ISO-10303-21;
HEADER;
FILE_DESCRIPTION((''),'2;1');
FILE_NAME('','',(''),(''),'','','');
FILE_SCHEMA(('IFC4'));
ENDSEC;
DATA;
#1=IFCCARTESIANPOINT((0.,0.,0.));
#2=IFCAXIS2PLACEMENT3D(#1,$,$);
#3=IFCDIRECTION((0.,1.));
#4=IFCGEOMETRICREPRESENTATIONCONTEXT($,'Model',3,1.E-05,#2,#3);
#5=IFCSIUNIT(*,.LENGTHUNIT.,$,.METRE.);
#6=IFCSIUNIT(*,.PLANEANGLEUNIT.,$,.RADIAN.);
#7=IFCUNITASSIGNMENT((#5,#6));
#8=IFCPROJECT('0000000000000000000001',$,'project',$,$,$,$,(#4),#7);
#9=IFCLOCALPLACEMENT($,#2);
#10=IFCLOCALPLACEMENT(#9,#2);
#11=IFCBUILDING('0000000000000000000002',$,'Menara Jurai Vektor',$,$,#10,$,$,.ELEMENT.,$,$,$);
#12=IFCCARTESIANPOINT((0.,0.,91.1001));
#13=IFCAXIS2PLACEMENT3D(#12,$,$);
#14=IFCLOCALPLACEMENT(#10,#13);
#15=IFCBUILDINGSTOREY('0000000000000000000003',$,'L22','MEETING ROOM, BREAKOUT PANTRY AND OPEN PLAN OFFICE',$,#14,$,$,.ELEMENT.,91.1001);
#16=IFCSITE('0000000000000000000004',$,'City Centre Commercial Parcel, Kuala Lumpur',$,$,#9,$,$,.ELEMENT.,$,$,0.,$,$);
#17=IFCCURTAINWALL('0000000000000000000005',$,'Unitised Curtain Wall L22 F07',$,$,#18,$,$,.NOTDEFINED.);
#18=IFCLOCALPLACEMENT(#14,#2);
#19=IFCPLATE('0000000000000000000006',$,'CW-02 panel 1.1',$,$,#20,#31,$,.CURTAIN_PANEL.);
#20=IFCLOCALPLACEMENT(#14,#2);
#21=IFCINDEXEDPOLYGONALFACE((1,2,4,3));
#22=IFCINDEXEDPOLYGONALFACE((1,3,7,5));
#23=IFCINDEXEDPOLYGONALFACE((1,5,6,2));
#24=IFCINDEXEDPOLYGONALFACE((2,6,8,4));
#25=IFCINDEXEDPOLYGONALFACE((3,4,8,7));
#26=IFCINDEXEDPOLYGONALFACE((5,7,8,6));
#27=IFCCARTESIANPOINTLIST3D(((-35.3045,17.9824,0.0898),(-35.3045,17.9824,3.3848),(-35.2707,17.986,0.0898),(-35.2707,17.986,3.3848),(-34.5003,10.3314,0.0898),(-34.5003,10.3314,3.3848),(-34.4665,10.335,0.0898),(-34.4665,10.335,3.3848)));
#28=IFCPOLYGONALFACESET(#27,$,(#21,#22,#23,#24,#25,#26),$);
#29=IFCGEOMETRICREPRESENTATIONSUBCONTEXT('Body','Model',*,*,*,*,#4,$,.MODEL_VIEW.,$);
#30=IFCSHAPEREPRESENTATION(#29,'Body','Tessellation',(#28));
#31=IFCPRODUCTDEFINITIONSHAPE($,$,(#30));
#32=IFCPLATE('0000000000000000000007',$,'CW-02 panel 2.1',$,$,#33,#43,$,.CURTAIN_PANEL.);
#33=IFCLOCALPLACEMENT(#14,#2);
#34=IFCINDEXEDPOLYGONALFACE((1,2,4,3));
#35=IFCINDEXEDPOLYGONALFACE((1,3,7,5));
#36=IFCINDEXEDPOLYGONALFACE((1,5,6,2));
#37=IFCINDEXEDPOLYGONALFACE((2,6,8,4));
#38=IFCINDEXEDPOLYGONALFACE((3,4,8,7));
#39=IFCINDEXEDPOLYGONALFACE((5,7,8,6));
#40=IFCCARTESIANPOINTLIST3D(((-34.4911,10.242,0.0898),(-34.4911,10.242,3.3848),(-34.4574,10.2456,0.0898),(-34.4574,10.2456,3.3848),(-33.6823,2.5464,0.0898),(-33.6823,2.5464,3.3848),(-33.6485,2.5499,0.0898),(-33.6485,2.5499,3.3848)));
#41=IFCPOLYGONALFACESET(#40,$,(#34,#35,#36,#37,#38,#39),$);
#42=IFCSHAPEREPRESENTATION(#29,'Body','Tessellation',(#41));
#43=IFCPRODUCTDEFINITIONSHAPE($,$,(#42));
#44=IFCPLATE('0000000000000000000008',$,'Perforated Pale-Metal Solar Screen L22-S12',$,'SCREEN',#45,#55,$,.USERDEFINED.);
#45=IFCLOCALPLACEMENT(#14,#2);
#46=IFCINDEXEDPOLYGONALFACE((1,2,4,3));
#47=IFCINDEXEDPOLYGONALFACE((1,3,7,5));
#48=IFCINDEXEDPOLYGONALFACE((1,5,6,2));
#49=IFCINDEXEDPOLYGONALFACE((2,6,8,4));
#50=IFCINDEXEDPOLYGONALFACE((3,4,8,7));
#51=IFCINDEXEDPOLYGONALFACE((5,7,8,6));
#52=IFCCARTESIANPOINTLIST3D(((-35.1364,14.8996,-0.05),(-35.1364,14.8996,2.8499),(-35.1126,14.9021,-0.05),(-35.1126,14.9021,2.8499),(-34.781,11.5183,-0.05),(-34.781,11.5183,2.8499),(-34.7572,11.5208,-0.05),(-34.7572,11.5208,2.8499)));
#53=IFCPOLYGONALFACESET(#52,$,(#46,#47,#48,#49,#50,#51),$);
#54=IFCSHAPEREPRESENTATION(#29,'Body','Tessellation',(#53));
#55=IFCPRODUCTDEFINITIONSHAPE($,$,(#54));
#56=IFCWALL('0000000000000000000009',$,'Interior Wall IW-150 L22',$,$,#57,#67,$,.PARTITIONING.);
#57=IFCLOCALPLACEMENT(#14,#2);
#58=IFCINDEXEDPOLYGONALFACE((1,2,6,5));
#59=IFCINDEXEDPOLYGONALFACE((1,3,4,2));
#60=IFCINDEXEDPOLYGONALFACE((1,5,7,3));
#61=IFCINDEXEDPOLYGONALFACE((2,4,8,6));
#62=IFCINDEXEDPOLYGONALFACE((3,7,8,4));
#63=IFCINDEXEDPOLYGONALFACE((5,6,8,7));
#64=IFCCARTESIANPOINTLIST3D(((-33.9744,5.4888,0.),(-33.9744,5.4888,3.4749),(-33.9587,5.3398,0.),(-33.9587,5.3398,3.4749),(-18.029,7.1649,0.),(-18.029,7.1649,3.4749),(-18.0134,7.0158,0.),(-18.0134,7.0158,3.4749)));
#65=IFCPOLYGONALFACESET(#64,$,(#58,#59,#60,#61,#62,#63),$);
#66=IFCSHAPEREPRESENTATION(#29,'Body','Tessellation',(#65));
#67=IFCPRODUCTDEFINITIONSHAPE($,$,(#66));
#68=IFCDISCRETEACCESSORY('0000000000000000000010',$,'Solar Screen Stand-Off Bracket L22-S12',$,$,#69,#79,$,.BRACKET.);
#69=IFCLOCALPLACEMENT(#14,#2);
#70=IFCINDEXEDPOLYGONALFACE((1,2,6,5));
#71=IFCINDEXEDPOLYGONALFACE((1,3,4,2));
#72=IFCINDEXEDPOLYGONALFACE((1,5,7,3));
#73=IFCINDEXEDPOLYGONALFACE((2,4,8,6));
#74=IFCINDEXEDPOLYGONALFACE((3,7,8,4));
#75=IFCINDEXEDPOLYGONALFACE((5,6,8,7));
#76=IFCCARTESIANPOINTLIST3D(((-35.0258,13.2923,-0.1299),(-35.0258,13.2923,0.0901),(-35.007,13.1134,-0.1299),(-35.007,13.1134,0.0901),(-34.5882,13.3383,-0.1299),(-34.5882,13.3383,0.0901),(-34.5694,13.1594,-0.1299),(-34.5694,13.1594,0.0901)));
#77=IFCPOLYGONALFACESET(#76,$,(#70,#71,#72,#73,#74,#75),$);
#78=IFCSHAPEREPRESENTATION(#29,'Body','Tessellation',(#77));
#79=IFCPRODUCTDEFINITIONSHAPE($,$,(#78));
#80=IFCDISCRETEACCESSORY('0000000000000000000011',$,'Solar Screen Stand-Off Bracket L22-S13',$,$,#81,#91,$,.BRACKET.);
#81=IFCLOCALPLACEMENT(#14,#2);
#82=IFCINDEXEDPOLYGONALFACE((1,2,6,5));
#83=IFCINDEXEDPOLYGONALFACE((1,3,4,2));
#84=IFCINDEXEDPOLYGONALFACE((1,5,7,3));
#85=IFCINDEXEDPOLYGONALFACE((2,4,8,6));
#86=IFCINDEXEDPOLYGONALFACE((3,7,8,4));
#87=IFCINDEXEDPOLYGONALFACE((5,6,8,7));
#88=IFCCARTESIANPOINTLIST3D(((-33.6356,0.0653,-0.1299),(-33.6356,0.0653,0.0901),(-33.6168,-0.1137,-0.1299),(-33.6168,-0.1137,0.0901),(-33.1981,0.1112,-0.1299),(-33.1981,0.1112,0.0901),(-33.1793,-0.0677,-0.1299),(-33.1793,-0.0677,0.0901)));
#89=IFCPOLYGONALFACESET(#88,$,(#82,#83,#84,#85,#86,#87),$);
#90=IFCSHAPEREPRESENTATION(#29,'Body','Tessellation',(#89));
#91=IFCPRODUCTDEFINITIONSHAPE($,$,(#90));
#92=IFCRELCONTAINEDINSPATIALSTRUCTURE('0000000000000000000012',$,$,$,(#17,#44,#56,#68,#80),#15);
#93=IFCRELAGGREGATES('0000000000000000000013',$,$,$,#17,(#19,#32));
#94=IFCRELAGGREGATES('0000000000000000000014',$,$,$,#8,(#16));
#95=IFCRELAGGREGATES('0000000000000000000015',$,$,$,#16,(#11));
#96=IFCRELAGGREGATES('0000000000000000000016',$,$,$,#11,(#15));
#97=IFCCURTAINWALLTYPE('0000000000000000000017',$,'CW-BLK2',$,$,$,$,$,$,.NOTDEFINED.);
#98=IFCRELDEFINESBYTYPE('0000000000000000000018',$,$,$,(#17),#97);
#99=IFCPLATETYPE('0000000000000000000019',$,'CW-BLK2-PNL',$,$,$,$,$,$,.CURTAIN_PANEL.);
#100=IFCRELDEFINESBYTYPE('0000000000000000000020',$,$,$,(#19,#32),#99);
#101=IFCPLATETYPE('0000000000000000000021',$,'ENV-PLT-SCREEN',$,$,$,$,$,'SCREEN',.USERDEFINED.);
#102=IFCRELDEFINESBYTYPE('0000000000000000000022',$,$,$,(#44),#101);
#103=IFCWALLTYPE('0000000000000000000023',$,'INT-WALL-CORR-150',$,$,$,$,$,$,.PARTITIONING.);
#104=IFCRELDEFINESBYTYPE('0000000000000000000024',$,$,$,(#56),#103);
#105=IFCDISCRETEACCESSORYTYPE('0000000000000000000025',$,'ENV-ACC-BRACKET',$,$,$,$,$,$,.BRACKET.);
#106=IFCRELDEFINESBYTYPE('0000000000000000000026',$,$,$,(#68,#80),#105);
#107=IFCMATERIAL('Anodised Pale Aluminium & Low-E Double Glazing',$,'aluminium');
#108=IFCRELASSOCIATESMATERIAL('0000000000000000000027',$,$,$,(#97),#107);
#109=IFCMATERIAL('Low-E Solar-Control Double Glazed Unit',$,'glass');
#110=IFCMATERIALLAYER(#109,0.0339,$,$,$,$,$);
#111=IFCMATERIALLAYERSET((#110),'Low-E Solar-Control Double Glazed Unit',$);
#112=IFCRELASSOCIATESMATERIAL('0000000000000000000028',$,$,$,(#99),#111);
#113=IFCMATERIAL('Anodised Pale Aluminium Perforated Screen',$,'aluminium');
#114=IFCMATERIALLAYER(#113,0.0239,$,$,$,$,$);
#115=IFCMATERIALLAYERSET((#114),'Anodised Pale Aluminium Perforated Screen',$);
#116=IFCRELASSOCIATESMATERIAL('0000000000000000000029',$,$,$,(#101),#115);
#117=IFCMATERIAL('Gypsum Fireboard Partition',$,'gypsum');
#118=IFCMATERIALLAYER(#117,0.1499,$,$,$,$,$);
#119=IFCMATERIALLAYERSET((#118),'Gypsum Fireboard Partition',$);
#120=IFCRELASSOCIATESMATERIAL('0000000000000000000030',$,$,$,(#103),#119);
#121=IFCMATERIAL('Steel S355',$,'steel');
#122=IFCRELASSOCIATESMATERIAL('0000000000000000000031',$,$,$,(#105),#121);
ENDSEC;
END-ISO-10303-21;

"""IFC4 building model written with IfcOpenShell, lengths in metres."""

from ifc_helpers import new_model, si_unit, direction, frame, frame_2d, origin, origin_2d, place, context, subcontext, project, spatial, rectangle, extrude, material, layer, layer_set, type_object, element, aggregate, save


model = new_model("IFC4")

# Units and contexts
model_context = context("Model", 3, precision=1e-05, world=origin(), true_north=direction((0.0, 1.0)))
body_context = subcontext(model_context, "Body", "Model", "MODEL_VIEW")
ifc_project = project(units=[si_unit("LENGTHUNIT", "METRE"), si_unit("PLANEANGLEUNIT", "RADIAN")], contexts=[model_context])

# Site, building, storey
site_placement = place(None, origin())
site = spatial("IfcSite", under=ifc_project, at=site_placement, Name="City Centre Commercial Parcel, Kuala Lumpur", CompositionType="ELEMENT", RefElevation=0.0)
building_placement = place(site_placement, origin())
building = spatial("IfcBuilding", under=site, at=building_placement, Name="Menara Jurai Vektor", CompositionType="ELEMENT")
storey_placement = place(building_placement, frame((0.0, 0.0, 91.1001)))
storey = spatial("IfcBuildingStorey", under=building, at=storey_placement, Name="L22", Description="MEETING ROOM, BREAKOUT PANTRY AND OPEN PLAN OFFICE", CompositionType="ELEMENT", Elevation=91.1001)

# Curtain wall
ifc_material_1 = material(Name="Anodised Pale Aluminium & Low-E Double Glazing", Category="aluminium")
curtain_wall_type = type_object("IfcCurtainWallType", Name="CW-BLK2", PredefinedType="NOTDEFINED", material=ifc_material_1)
curtain_wall_placement = place(storey_placement, origin())
curtain_wall = element("IfcCurtainWall", 1, at=curtain_wall_placement, inside=storey, type_object=curtain_wall_type, Name="Unitised Curtain Wall L22 F07", PredefinedType="NOTDEFINED")

# Shared definitions
ifc_material_2 = material(Name="Steel S355", Category="steel")

# Plates
ifc_material_3 = material(Name="Low-E Solar-Control Double Glazed Unit", Category="glass")
ifc_layer_1 = layer(ifc_material_3, 0.0339)
ifc_layer_set_1 = layer_set([ifc_layer_1], Name="Low-E Solar-Control Double Glazed Unit")
plate_type_1 = type_object("IfcPlateType", Name="CW-BLK2-PNL", PredefinedType="CURTAIN_PANEL", material=ifc_layer_set_1)
plate_1_placement = place(storey_placement, frame((-34.8855, 14.1587, 0.0898), z_axis=(0.0, 0.0, 1.0), x_axis=(0.10453, -0.994522, 0.0)))
plate_1 = element("IfcPlate", 2, at=plate_1_placement, type_object=plate_type_1, Name="CW-02 panel 1.1", PredefinedType="CURTAIN_PANEL", context=body_context, shape_type="SweptSolid", body=[
    extrude(rectangle(XDim=7.6931, YDim=0.0339, at=origin_2d()), origin(), (0.0, 0.0, 1.0), 3.2949),
])
plate_2_placement = place(storey_placement, frame((-34.0698, 6.396, 0.0898), z_axis=(0.0, 0.0, 1.0), x_axis=(0.10453, -0.994522, 0.0)))
plate_2 = element("IfcPlate", 3, at=plate_2_placement, type_object=plate_type_1, Name="CW-02 panel 2.1", PredefinedType="CURTAIN_PANEL", context=body_context, shape_type="SweptSolid", body=[
    extrude(rectangle(XDim=7.738, YDim=0.0339, at=origin_2d()), origin(), (0.0, 0.0, 1.0), 3.2949),
])
aggregate(curtain_wall, [plate_1, plate_2])
ifc_material_4 = material(Name="Anodised Pale Aluminium Perforated Screen", Category="aluminium")
ifc_layer_2 = layer(ifc_material_4, 0.0239)
ifc_layer_set_2 = layer_set([ifc_layer_2], Name="Anodised Pale Aluminium Perforated Screen")
plate_type_2 = type_object("IfcPlateType", Name="ENV-PLT-SCREEN", ElementType="SCREEN", PredefinedType="USERDEFINED", material=ifc_layer_set_2)
plate_3_placement = place(storey_placement, frame((-34.9468, 13.2102, -0.05), z_axis=(0.0, 0.0, 1.0), x_axis=(0.104528, -0.994522, 0.0)))
element("IfcPlate", 4, at=plate_3_placement, inside=storey, type_object=plate_type_2, Name="Perforated Pale-Metal Solar Screen L22-S12", ObjectType="SCREEN", PredefinedType="USERDEFINED", context=body_context, shape_type="SweptSolid", body=[
    extrude(rectangle(XDim=3.3999, YDim=0.0239, at=origin_2d()), origin(), (0.0, 0.0, 1.0), 2.8999),
])

# Wall
ifc_material_5 = material(Name="Gypsum Fireboard Partition", Category="gypsum")
ifc_layer_3 = layer(ifc_material_5, 0.1499)
ifc_layer_set_3 = layer_set([ifc_layer_3], Name="Gypsum Fireboard Partition")
wall_type = type_object("IfcWallType", Name="INT-WALL-CORR-150", PredefinedType="PARTITIONING", material=ifc_layer_set_3)
wall_placement = place(storey_placement, frame((-33.9666, 5.4143, 0.0), z_axis=(0.0, 0.0, 1.0), x_axis=(0.994521, 0.104535, 0.0)))
element("IfcWall", 5, at=wall_placement, inside=storey, type_object=wall_type, Name="Interior Wall IW-150 L22", PredefinedType="PARTITIONING", context=body_context, shape_type="SweptSolid", body=[
    extrude(rectangle(XDim=16.0332, YDim=0.1499, at=frame_2d((8.0166, 0.0))), origin(), (0.0, 0.0, 1.0), 3.4749),
])

# Discrete accessories
discrete_accessory_type = type_object("IfcDiscreteAccessoryType", Name="ENV-ACC-BRACKET", PredefinedType="BRACKET", material=ifc_material_2)
for number, where, z_axis, x_axis, name in (
    (6, (-34.7976, 13.2258, -0.1299), (0.0, 0.0, 1.0), (0.104528, -0.994522, 0.0), "Solar Screen Stand-Off Bracket L22-S12"),
    (7, (-33.4075, -0.0012, -0.1299), (0.0, 0.0, 1.0), (0.104528, -0.994522, 0.0), "Solar Screen Stand-Off Bracket L22-S13"),
):
    element("IfcDiscreteAccessory", number, at=place(storey_placement, frame(where, z_axis=z_axis, x_axis=x_axis)), inside=storey, type_object=discrete_accessory_type, Name=name, PredefinedType="BRACKET", context=body_context, shape_type="SweptSolid", body=[
        extrude(rectangle(XDim=0.1799, YDim=0.4399, at=origin_2d()), origin(), (0.0, 0.0, 1.0), 0.22),
    ])

save(model, "model.ifc")
